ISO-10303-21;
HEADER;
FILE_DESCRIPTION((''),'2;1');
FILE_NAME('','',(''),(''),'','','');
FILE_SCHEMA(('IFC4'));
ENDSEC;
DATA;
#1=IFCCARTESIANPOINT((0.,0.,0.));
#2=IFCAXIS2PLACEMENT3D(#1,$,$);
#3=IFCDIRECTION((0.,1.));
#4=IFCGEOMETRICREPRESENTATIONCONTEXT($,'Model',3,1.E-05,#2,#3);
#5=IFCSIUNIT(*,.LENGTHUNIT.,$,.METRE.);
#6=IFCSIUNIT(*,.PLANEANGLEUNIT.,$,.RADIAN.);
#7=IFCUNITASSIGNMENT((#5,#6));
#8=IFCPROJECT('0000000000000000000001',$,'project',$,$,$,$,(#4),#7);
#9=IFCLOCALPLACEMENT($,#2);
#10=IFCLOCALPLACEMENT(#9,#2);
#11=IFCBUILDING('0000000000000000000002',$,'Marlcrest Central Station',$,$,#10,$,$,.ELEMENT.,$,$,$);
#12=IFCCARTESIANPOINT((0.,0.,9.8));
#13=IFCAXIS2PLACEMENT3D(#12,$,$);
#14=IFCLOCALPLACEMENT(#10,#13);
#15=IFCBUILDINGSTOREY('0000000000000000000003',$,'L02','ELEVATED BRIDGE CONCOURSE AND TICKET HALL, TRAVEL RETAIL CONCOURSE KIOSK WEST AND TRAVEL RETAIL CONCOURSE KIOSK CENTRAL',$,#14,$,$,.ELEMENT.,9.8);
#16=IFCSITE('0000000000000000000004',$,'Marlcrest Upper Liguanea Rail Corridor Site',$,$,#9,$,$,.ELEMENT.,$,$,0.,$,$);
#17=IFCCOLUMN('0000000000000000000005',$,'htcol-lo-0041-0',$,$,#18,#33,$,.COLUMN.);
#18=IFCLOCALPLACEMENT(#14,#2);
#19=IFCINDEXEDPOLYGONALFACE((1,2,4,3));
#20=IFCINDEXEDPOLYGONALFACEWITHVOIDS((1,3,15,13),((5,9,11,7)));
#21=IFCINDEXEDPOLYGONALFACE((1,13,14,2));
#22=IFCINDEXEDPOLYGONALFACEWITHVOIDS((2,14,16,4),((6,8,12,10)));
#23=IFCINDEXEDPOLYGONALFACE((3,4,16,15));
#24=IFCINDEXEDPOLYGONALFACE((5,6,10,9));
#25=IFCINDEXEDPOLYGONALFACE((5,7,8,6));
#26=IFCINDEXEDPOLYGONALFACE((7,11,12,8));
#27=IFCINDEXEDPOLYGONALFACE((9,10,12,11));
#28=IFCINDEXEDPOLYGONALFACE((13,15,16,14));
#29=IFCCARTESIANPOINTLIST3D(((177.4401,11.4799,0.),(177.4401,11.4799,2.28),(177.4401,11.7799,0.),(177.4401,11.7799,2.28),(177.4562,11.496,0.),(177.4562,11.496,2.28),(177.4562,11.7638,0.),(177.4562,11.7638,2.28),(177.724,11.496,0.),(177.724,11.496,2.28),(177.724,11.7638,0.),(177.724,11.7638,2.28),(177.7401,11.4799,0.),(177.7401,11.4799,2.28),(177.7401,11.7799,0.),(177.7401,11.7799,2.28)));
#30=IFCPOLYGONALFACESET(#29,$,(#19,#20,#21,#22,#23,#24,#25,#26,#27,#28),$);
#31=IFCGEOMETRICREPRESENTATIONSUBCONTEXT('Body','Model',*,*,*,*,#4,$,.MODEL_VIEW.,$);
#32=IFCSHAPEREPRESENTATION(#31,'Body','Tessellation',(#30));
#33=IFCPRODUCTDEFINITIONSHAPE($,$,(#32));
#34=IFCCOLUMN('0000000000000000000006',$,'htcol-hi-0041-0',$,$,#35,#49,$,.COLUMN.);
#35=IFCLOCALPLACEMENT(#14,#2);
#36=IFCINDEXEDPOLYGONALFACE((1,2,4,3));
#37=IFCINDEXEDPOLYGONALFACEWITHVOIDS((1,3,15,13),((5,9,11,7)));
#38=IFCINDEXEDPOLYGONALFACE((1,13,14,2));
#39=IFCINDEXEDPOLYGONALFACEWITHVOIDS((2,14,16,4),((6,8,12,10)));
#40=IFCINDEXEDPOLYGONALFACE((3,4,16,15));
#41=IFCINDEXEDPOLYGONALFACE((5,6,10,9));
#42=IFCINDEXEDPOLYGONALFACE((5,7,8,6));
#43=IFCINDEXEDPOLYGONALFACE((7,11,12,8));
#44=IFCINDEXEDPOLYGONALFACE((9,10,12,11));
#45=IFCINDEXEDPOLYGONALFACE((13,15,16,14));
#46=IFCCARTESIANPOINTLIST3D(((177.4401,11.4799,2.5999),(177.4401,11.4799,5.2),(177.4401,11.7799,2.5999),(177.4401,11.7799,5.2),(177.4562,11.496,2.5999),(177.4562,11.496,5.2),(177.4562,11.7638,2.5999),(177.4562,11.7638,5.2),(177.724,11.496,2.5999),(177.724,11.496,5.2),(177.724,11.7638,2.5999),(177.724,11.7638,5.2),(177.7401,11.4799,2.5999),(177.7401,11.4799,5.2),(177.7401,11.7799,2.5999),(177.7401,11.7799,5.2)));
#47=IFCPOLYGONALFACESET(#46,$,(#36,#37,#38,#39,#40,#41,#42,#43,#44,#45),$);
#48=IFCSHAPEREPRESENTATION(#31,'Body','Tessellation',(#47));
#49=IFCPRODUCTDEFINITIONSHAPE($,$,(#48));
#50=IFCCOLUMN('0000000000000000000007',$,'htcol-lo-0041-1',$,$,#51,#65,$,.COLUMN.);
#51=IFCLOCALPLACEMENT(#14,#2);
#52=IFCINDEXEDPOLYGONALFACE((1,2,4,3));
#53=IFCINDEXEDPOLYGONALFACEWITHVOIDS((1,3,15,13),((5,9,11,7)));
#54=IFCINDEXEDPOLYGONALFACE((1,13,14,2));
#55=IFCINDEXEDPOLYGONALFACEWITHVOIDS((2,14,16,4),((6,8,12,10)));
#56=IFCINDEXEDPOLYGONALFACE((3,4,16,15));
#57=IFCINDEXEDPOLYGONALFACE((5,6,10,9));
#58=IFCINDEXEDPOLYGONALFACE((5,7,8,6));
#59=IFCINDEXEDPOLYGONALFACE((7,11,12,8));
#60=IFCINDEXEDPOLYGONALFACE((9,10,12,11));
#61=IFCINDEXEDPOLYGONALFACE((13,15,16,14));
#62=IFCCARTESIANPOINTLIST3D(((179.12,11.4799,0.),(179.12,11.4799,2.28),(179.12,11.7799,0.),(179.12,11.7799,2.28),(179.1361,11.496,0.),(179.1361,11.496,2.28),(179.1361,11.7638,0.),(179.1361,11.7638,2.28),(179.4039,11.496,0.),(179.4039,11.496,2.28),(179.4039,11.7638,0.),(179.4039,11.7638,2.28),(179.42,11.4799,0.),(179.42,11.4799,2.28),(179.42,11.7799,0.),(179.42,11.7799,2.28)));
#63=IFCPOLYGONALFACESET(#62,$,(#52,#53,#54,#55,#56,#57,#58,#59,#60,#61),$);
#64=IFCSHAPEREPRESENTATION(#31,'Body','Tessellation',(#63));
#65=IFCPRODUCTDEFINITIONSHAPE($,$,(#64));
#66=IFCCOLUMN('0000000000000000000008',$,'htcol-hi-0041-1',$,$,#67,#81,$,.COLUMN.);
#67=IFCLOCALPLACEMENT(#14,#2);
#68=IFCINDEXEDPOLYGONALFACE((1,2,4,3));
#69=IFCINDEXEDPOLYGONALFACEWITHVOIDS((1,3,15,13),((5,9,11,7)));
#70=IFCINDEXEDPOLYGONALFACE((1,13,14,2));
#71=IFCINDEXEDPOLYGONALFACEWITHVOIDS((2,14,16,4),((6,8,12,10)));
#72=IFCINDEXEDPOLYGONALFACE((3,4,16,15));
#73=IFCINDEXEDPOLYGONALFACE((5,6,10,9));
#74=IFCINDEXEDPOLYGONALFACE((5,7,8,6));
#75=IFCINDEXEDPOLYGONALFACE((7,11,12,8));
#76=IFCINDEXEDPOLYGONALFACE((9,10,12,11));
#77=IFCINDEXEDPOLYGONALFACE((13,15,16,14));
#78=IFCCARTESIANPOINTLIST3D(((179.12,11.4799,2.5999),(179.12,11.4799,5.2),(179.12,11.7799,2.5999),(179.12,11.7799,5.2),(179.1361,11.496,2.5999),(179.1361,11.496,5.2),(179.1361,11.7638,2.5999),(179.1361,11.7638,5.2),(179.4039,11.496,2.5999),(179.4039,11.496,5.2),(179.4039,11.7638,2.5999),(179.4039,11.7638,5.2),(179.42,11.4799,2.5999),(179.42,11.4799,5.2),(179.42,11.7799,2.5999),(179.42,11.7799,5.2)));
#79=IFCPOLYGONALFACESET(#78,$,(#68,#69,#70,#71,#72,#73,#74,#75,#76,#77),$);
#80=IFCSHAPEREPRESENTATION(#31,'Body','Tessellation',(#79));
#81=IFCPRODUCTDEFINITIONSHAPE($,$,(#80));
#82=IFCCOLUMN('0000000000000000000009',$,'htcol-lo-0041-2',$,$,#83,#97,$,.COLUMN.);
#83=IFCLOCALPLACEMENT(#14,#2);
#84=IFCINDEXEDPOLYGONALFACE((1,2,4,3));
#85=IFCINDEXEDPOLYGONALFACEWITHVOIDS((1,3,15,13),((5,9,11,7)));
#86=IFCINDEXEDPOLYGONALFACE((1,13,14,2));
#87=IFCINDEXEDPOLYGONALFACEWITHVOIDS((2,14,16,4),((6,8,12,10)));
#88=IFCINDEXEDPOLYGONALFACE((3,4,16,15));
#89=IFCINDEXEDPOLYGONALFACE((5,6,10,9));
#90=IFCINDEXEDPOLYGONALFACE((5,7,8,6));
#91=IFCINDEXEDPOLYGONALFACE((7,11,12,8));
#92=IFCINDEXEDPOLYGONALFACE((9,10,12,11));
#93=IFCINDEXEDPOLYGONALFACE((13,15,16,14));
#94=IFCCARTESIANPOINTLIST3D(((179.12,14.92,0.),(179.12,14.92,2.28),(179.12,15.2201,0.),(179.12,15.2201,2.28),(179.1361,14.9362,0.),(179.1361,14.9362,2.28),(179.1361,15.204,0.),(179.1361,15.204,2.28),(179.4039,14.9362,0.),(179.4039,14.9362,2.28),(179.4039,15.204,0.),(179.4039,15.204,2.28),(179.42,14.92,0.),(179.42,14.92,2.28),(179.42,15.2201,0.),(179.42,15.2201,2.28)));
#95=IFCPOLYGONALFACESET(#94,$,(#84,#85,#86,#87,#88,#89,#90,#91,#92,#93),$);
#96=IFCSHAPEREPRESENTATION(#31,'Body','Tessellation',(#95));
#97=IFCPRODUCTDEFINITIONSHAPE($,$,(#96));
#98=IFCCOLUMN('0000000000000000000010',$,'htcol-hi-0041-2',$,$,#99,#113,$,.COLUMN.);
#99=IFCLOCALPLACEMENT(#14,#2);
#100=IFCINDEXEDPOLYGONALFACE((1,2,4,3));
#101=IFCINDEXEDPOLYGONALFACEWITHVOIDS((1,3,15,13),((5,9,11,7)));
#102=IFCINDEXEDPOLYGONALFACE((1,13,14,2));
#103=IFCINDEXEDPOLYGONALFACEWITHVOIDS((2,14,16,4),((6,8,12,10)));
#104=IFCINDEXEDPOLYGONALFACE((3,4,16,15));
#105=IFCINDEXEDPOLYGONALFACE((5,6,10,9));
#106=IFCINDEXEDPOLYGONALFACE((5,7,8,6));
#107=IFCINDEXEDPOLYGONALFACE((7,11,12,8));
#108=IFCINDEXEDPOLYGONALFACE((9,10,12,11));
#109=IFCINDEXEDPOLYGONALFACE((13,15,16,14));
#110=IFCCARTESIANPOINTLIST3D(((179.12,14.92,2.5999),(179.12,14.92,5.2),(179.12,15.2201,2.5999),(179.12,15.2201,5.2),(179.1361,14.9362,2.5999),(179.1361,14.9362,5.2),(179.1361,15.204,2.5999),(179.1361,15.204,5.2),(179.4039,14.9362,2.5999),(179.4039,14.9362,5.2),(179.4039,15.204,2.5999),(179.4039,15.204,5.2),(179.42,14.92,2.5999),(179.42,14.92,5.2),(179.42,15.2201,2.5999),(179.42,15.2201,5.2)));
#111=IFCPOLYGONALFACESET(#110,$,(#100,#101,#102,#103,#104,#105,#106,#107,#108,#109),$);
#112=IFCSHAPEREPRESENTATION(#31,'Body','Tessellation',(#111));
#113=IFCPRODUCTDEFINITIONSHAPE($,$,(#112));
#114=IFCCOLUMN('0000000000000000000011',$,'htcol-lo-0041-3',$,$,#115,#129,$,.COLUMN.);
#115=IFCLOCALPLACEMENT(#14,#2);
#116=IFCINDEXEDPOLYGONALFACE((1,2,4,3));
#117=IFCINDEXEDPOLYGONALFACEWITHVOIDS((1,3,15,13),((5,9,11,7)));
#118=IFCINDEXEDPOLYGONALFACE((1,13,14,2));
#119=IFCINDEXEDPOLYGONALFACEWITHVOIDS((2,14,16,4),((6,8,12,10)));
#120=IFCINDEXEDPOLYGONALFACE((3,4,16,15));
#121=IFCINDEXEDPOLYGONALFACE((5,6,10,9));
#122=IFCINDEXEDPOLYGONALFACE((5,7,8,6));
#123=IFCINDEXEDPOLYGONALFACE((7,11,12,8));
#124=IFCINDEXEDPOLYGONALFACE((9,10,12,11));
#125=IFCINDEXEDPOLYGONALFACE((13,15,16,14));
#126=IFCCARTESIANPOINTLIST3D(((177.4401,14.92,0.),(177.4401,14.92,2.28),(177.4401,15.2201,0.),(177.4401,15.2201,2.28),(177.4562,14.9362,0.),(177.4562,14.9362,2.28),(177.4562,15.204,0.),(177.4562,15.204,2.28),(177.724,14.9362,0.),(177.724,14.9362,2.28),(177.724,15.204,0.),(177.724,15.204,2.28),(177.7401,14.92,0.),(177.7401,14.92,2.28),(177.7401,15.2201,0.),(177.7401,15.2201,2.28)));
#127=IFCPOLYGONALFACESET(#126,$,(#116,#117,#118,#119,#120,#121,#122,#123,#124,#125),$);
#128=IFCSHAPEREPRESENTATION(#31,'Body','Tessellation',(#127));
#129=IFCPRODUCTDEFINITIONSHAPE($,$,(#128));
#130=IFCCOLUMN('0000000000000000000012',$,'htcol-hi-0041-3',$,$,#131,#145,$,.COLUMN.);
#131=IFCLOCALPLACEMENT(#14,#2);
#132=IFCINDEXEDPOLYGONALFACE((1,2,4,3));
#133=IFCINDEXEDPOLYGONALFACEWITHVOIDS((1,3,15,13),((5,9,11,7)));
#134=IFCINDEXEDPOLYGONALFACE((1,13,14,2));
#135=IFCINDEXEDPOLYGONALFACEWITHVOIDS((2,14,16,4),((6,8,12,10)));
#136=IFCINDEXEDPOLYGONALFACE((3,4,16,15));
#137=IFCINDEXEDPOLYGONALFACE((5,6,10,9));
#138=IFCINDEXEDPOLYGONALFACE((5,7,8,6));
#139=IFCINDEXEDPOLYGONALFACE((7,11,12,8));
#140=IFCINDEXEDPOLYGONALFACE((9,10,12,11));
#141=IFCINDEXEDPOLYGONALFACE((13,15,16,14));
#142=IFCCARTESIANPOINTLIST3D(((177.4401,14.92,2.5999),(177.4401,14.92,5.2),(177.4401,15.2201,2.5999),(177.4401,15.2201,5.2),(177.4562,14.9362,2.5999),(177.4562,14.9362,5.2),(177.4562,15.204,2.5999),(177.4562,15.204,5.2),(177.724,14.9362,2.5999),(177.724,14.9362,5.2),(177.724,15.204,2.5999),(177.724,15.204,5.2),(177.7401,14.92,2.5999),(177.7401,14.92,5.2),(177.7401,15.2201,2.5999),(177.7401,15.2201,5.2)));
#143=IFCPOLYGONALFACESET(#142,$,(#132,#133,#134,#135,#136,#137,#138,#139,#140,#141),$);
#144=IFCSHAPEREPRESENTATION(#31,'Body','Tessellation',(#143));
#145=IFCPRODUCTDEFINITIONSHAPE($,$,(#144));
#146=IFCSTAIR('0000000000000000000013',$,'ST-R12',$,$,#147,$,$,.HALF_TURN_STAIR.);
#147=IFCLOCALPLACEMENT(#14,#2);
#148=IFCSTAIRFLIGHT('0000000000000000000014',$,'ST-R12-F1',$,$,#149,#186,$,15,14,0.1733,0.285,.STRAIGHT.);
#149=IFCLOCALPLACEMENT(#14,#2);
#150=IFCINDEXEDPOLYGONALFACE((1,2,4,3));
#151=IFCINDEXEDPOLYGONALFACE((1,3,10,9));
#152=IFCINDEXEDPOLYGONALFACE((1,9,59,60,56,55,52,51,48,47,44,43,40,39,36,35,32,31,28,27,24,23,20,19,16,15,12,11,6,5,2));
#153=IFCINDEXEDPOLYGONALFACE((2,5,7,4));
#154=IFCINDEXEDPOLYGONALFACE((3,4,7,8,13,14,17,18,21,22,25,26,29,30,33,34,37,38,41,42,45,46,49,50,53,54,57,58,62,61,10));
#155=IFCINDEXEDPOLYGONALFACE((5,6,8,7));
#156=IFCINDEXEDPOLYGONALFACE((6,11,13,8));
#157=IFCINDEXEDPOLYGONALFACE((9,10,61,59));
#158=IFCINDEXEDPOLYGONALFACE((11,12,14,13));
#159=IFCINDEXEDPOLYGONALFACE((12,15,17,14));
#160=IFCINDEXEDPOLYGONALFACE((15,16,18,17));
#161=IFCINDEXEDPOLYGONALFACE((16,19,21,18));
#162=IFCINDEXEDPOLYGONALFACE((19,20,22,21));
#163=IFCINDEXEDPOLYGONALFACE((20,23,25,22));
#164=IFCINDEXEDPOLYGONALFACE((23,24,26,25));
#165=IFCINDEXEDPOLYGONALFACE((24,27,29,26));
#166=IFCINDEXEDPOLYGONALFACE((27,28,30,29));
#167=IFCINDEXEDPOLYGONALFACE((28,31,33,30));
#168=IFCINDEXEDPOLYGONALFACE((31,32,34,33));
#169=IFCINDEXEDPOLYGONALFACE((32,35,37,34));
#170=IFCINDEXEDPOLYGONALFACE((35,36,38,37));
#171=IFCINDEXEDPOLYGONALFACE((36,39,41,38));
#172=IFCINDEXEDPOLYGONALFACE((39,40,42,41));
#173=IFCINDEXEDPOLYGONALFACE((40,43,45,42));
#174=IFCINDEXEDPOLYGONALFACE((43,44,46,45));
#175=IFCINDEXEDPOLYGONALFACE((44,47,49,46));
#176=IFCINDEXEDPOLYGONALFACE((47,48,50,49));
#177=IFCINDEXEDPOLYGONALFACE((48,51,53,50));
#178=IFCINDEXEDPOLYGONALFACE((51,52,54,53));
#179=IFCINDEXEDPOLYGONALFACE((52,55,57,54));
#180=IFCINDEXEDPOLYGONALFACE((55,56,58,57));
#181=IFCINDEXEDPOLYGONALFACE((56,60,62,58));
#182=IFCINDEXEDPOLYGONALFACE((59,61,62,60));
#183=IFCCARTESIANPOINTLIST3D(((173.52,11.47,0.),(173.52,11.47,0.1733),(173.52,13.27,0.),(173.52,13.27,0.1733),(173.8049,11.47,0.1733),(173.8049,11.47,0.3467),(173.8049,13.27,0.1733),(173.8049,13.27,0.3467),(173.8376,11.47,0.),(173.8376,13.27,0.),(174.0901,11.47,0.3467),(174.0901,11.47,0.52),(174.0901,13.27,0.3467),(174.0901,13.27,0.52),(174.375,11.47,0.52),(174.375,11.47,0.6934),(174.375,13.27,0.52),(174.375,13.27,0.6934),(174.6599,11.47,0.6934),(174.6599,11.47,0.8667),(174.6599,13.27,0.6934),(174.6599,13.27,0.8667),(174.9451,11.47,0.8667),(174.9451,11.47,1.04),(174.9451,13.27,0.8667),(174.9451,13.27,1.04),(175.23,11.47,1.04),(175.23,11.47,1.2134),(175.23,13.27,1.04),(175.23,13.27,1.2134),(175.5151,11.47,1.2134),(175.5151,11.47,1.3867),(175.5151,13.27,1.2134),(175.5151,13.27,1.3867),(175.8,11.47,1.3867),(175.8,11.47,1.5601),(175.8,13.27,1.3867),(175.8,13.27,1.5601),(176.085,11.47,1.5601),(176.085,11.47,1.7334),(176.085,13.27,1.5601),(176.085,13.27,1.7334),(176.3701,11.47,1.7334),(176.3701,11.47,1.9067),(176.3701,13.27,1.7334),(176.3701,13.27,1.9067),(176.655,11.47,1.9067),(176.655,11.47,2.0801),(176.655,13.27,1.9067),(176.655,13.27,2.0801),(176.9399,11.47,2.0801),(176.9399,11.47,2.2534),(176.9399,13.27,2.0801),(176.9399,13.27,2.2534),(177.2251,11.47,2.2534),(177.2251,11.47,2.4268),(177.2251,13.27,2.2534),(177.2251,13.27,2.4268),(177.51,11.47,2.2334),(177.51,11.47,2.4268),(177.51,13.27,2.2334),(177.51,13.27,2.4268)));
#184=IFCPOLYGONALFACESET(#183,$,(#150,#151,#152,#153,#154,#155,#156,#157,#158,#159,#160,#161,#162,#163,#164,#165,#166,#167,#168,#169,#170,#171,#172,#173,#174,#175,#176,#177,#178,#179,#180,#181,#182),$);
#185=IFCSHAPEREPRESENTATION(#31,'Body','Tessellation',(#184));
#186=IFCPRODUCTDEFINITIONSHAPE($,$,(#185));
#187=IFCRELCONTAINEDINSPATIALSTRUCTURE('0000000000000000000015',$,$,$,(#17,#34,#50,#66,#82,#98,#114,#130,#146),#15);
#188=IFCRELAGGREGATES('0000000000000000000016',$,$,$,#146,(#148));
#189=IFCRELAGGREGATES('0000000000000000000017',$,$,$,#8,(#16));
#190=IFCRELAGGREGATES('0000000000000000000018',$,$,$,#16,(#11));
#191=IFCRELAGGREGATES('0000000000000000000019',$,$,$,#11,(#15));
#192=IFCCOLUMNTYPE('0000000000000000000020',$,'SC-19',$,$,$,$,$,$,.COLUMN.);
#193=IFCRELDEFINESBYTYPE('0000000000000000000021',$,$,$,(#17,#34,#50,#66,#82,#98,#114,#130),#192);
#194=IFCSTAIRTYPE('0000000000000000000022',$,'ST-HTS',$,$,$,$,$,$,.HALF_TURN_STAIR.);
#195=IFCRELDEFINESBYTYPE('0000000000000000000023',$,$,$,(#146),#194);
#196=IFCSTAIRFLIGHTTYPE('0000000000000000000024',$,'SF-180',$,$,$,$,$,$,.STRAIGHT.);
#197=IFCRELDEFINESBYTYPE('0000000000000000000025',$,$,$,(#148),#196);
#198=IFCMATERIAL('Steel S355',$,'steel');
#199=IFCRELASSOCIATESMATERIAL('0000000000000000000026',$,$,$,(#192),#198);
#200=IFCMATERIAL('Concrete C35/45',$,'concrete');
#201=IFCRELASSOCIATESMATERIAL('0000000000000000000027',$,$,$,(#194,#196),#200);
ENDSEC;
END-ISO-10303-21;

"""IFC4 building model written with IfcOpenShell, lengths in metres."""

from ifc_helpers import new_model, si_unit, direction, frame, origin, origin_2d, place, context, subcontext, project, spatial, polyline, hollow_rectangle, outline, extrude, material, material_profile, profile_set, type_object, element, aggregate, save


model = new_model("IFC4")

# Units and contexts
model_context = context("Model", 3, precision=1e-05, world=origin(), true_north=direction((0.0, 1.0)))
body_context = subcontext(model_context, "Body", "Model", "MODEL_VIEW")
ifc_project = project(units=[si_unit("LENGTHUNIT", "METRE"), si_unit("PLANEANGLEUNIT", "RADIAN")], contexts=[model_context])

# Site, building, storey
site_placement = place(None, origin())
site = spatial("IfcSite", under=ifc_project, at=site_placement, Name="Marlcrest Upper Liguanea Rail Corridor Site", CompositionType="ELEMENT", RefElevation=0.0)
building_placement = place(site_placement, origin())
building = spatial("IfcBuilding", under=site, at=building_placement, Name="Marlcrest Central Station", CompositionType="ELEMENT")
storey_placement = place(building_placement, frame((0.0, 0.0, 9.8)))
storey = spatial("IfcBuildingStorey", under=building, at=storey_placement, Name="L02", Description="ELEVATED BRIDGE CONCOURSE AND TICKET HALL, TRAVEL RETAIL CONCOURSE KIOSK WEST AND TRAVEL RETAIL CONCOURSE KIOSK CENTRAL", CompositionType="ELEMENT", Elevation=9.8)

# Columns
ifc_material_1 = material(Name="Steel S355", Category="steel")
ifc_material_profile = material_profile(ifc_material_1, hollow_rectangle(XDim=0.3, YDim=0.3, WallThickness=0.0161, at=origin_2d()), Name="SHS 300x300x16")
ifc_profile_set = profile_set([ifc_material_profile], Name="Steel S355")
column_type = type_object("IfcColumnType", Name="SC-19", PredefinedType="COLUMN", material=ifc_profile_set)
column_1_placement = place(storey_placement, frame((177.5901, 11.6299, 0.0), z_axis=(0.0, 0.0, 1.0), x_axis=(1.0, 0.0, 0.0)))
element("IfcColumn", 1, at=column_1_placement, inside=storey, type_object=column_type, Name="htcol-lo-0041-0", PredefinedType="COLUMN", context=body_context, shape_type="SweptSolid", body=[
    extrude(hollow_rectangle(XDim=0.3, YDim=0.3, WallThickness=0.0161, at=origin_2d()), origin(), (0.0, 0.0, 1.0), 2.28),
])
column_2_placement = place(storey_placement, frame((177.5901, 11.6299, 2.5999), z_axis=(0.0, 0.0, 1.0), x_axis=(1.0, 0.0, 0.0)))
element("IfcColumn", 2, at=column_2_placement, inside=storey, type_object=column_type, Name="htcol-hi-0041-0", PredefinedType="COLUMN", context=body_context, shape_type="SweptSolid", body=[
    extrude(hollow_rectangle(XDim=0.3, YDim=0.3, WallThickness=0.0161, at=origin_2d()), origin(), (0.0, 0.0, 1.0), 2.6001),
])
column_3_placement = place(storey_placement, frame((179.27, 11.6299, 0.0), z_axis=(0.0, 0.0, 1.0), x_axis=(1.0, 0.0, 0.0)))
element("IfcColumn", 3, at=column_3_placement, inside=storey, type_object=column_type, Name="htcol-lo-0041-1", PredefinedType="COLUMN", context=body_context, shape_type="SweptSolid", body=[
    extrude(hollow_rectangle(XDim=0.3, YDim=0.3, WallThickness=0.0161, at=origin_2d()), origin(), (0.0, 0.0, 1.0), 2.28),
])
column_4_placement = place(storey_placement, frame((179.27, 11.6299, 2.5999), z_axis=(0.0, 0.0, 1.0), x_axis=(1.0, 0.0, 0.0)))
element("IfcColumn", 4, at=column_4_placement, inside=storey, type_object=column_type, Name="htcol-hi-0041-1", PredefinedType="COLUMN", context=body_context, shape_type="SweptSolid", body=[
    extrude(hollow_rectangle(XDim=0.3, YDim=0.3, WallThickness=0.0161, at=origin_2d()), origin(), (0.0, 0.0, 1.0), 2.6001),
])
column_5_placement = place(storey_placement, frame((179.27, 15.0701, 0.0), z_axis=(0.0, 0.0, 1.0), x_axis=(1.0, 0.0, 0.0)))
element("IfcColumn", 5, at=column_5_placement, inside=storey, type_object=column_type, Name="htcol-lo-0041-2", PredefinedType="COLUMN", context=body_context, shape_type="SweptSolid", body=[
    extrude(hollow_rectangle(XDim=0.3, YDim=0.3, WallThickness=0.0161, at=origin_2d()), origin(), (0.0, 0.0, 1.0), 2.28),
])
column_6_placement = place(storey_placement, frame((179.27, 15.0701, 2.5999), z_axis=(0.0, 0.0, 1.0), x_axis=(1.0, 0.0, 0.0)))
element("IfcColumn", 6, at=column_6_placement, inside=storey, type_object=column_type, Name="htcol-hi-0041-2", PredefinedType="COLUMN", context=body_context, shape_type="SweptSolid", body=[
    extrude(hollow_rectangle(XDim=0.3, YDim=0.3, WallThickness=0.0161, at=origin_2d()), origin(), (0.0, 0.0, 1.0), 2.6001),
])
column_7_placement = place(storey_placement, frame((177.5901, 15.0701, 0.0), z_axis=(0.0, 0.0, 1.0), x_axis=(1.0, 0.0, 0.0)))
element("IfcColumn", 7, at=column_7_placement, inside=storey, type_object=column_type, Name="htcol-lo-0041-3", PredefinedType="COLUMN", context=body_context, shape_type="SweptSolid", body=[
    extrude(hollow_rectangle(XDim=0.3, YDim=0.3, WallThickness=0.0161, at=origin_2d()), origin(), (0.0, 0.0, 1.0), 2.28),
])
column_8_placement = place(storey_placement, frame((177.5901, 15.0701, 2.5999), z_axis=(0.0, 0.0, 1.0), x_axis=(1.0, 0.0, 0.0)))
element("IfcColumn", 8, at=column_8_placement, inside=storey, type_object=column_type, Name="htcol-hi-0041-3", PredefinedType="COLUMN", context=body_context, shape_type="SweptSolid", body=[
    extrude(hollow_rectangle(XDim=0.3, YDim=0.3, WallThickness=0.0161, at=origin_2d()), origin(), (0.0, 0.0, 1.0), 2.6001),
])

# Stair, stair flight
ifc_material_2 = material(Name="Concrete C35/45", Category="concrete")
stair_type = type_object("IfcStairType", Name="ST-HTS", PredefinedType="HALF_TURN_STAIR", material=ifc_material_2)
stair_placement = place(storey_placement, origin())
stair = element("IfcStair", 9, at=stair_placement, inside=storey, type_object=stair_type, Name="ST-R12", PredefinedType="HALF_TURN_STAIR")
stair_flight_type = type_object("IfcStairFlightType", Name="SF-180", PredefinedType="STRAIGHT", material=ifc_material_2)
stair_flight_1_placement = place(storey_placement, frame((173.52, 12.3701, 0.0), z_axis=(0.0, 0.0, 1.0), x_axis=(1.0, 0.0, 0.0)))
stair_flight_1 = element("IfcStairFlight", 10, at=stair_flight_1_placement, type_object=stair_flight_type, Name="ST-R12-F1", NumberOfRisers=15, NumberOfTreads=14, PredefinedType="STRAIGHT", RiserHeight=0.1733, TreadLength=0.285, context=body_context, shape_type="SweptSolid", body=[
    extrude(outline(polyline([(0.0, 0.0), (0.0, 0.1733), (0.2849, 0.1733), (0.2849, 0.3467), (0.5701, 0.3467), (0.5701, 0.52), (0.855, 0.52), (0.855, 0.6934), (1.1399, 0.6934), (1.1399, 0.8667), (1.425, 0.8667), (1.425, 1.04), (1.71, 1.04), (1.71, 1.2134), (1.9951, 1.2134), (1.9951, 1.3867), (2.28, 1.3867), (2.28, 1.5601), (2.5649, 1.5601), (2.5649, 1.7334), (2.8501, 1.7334), (2.8501, 1.9067), (3.135, 1.9067), (3.135, 2.0801), (3.4199, 2.0801), (3.4199, 2.2534), (3.7051, 2.2534), (3.7051, 2.4268), (3.99, 2.4268), (3.99, 2.6001), (3.99, 2.2334), (0.3176, 0.0), (0.0, 0.0)])), frame((0.0, 0.8999, 0.0), z_axis=(0.0, -1.0, 0.0), x_axis=(1.0, 0.0, 0.0)), (0.0, 0.0, 1.0), 1.8),
])
aggregate(stair, [stair_flight_1])

save(model, "model.ifc")
